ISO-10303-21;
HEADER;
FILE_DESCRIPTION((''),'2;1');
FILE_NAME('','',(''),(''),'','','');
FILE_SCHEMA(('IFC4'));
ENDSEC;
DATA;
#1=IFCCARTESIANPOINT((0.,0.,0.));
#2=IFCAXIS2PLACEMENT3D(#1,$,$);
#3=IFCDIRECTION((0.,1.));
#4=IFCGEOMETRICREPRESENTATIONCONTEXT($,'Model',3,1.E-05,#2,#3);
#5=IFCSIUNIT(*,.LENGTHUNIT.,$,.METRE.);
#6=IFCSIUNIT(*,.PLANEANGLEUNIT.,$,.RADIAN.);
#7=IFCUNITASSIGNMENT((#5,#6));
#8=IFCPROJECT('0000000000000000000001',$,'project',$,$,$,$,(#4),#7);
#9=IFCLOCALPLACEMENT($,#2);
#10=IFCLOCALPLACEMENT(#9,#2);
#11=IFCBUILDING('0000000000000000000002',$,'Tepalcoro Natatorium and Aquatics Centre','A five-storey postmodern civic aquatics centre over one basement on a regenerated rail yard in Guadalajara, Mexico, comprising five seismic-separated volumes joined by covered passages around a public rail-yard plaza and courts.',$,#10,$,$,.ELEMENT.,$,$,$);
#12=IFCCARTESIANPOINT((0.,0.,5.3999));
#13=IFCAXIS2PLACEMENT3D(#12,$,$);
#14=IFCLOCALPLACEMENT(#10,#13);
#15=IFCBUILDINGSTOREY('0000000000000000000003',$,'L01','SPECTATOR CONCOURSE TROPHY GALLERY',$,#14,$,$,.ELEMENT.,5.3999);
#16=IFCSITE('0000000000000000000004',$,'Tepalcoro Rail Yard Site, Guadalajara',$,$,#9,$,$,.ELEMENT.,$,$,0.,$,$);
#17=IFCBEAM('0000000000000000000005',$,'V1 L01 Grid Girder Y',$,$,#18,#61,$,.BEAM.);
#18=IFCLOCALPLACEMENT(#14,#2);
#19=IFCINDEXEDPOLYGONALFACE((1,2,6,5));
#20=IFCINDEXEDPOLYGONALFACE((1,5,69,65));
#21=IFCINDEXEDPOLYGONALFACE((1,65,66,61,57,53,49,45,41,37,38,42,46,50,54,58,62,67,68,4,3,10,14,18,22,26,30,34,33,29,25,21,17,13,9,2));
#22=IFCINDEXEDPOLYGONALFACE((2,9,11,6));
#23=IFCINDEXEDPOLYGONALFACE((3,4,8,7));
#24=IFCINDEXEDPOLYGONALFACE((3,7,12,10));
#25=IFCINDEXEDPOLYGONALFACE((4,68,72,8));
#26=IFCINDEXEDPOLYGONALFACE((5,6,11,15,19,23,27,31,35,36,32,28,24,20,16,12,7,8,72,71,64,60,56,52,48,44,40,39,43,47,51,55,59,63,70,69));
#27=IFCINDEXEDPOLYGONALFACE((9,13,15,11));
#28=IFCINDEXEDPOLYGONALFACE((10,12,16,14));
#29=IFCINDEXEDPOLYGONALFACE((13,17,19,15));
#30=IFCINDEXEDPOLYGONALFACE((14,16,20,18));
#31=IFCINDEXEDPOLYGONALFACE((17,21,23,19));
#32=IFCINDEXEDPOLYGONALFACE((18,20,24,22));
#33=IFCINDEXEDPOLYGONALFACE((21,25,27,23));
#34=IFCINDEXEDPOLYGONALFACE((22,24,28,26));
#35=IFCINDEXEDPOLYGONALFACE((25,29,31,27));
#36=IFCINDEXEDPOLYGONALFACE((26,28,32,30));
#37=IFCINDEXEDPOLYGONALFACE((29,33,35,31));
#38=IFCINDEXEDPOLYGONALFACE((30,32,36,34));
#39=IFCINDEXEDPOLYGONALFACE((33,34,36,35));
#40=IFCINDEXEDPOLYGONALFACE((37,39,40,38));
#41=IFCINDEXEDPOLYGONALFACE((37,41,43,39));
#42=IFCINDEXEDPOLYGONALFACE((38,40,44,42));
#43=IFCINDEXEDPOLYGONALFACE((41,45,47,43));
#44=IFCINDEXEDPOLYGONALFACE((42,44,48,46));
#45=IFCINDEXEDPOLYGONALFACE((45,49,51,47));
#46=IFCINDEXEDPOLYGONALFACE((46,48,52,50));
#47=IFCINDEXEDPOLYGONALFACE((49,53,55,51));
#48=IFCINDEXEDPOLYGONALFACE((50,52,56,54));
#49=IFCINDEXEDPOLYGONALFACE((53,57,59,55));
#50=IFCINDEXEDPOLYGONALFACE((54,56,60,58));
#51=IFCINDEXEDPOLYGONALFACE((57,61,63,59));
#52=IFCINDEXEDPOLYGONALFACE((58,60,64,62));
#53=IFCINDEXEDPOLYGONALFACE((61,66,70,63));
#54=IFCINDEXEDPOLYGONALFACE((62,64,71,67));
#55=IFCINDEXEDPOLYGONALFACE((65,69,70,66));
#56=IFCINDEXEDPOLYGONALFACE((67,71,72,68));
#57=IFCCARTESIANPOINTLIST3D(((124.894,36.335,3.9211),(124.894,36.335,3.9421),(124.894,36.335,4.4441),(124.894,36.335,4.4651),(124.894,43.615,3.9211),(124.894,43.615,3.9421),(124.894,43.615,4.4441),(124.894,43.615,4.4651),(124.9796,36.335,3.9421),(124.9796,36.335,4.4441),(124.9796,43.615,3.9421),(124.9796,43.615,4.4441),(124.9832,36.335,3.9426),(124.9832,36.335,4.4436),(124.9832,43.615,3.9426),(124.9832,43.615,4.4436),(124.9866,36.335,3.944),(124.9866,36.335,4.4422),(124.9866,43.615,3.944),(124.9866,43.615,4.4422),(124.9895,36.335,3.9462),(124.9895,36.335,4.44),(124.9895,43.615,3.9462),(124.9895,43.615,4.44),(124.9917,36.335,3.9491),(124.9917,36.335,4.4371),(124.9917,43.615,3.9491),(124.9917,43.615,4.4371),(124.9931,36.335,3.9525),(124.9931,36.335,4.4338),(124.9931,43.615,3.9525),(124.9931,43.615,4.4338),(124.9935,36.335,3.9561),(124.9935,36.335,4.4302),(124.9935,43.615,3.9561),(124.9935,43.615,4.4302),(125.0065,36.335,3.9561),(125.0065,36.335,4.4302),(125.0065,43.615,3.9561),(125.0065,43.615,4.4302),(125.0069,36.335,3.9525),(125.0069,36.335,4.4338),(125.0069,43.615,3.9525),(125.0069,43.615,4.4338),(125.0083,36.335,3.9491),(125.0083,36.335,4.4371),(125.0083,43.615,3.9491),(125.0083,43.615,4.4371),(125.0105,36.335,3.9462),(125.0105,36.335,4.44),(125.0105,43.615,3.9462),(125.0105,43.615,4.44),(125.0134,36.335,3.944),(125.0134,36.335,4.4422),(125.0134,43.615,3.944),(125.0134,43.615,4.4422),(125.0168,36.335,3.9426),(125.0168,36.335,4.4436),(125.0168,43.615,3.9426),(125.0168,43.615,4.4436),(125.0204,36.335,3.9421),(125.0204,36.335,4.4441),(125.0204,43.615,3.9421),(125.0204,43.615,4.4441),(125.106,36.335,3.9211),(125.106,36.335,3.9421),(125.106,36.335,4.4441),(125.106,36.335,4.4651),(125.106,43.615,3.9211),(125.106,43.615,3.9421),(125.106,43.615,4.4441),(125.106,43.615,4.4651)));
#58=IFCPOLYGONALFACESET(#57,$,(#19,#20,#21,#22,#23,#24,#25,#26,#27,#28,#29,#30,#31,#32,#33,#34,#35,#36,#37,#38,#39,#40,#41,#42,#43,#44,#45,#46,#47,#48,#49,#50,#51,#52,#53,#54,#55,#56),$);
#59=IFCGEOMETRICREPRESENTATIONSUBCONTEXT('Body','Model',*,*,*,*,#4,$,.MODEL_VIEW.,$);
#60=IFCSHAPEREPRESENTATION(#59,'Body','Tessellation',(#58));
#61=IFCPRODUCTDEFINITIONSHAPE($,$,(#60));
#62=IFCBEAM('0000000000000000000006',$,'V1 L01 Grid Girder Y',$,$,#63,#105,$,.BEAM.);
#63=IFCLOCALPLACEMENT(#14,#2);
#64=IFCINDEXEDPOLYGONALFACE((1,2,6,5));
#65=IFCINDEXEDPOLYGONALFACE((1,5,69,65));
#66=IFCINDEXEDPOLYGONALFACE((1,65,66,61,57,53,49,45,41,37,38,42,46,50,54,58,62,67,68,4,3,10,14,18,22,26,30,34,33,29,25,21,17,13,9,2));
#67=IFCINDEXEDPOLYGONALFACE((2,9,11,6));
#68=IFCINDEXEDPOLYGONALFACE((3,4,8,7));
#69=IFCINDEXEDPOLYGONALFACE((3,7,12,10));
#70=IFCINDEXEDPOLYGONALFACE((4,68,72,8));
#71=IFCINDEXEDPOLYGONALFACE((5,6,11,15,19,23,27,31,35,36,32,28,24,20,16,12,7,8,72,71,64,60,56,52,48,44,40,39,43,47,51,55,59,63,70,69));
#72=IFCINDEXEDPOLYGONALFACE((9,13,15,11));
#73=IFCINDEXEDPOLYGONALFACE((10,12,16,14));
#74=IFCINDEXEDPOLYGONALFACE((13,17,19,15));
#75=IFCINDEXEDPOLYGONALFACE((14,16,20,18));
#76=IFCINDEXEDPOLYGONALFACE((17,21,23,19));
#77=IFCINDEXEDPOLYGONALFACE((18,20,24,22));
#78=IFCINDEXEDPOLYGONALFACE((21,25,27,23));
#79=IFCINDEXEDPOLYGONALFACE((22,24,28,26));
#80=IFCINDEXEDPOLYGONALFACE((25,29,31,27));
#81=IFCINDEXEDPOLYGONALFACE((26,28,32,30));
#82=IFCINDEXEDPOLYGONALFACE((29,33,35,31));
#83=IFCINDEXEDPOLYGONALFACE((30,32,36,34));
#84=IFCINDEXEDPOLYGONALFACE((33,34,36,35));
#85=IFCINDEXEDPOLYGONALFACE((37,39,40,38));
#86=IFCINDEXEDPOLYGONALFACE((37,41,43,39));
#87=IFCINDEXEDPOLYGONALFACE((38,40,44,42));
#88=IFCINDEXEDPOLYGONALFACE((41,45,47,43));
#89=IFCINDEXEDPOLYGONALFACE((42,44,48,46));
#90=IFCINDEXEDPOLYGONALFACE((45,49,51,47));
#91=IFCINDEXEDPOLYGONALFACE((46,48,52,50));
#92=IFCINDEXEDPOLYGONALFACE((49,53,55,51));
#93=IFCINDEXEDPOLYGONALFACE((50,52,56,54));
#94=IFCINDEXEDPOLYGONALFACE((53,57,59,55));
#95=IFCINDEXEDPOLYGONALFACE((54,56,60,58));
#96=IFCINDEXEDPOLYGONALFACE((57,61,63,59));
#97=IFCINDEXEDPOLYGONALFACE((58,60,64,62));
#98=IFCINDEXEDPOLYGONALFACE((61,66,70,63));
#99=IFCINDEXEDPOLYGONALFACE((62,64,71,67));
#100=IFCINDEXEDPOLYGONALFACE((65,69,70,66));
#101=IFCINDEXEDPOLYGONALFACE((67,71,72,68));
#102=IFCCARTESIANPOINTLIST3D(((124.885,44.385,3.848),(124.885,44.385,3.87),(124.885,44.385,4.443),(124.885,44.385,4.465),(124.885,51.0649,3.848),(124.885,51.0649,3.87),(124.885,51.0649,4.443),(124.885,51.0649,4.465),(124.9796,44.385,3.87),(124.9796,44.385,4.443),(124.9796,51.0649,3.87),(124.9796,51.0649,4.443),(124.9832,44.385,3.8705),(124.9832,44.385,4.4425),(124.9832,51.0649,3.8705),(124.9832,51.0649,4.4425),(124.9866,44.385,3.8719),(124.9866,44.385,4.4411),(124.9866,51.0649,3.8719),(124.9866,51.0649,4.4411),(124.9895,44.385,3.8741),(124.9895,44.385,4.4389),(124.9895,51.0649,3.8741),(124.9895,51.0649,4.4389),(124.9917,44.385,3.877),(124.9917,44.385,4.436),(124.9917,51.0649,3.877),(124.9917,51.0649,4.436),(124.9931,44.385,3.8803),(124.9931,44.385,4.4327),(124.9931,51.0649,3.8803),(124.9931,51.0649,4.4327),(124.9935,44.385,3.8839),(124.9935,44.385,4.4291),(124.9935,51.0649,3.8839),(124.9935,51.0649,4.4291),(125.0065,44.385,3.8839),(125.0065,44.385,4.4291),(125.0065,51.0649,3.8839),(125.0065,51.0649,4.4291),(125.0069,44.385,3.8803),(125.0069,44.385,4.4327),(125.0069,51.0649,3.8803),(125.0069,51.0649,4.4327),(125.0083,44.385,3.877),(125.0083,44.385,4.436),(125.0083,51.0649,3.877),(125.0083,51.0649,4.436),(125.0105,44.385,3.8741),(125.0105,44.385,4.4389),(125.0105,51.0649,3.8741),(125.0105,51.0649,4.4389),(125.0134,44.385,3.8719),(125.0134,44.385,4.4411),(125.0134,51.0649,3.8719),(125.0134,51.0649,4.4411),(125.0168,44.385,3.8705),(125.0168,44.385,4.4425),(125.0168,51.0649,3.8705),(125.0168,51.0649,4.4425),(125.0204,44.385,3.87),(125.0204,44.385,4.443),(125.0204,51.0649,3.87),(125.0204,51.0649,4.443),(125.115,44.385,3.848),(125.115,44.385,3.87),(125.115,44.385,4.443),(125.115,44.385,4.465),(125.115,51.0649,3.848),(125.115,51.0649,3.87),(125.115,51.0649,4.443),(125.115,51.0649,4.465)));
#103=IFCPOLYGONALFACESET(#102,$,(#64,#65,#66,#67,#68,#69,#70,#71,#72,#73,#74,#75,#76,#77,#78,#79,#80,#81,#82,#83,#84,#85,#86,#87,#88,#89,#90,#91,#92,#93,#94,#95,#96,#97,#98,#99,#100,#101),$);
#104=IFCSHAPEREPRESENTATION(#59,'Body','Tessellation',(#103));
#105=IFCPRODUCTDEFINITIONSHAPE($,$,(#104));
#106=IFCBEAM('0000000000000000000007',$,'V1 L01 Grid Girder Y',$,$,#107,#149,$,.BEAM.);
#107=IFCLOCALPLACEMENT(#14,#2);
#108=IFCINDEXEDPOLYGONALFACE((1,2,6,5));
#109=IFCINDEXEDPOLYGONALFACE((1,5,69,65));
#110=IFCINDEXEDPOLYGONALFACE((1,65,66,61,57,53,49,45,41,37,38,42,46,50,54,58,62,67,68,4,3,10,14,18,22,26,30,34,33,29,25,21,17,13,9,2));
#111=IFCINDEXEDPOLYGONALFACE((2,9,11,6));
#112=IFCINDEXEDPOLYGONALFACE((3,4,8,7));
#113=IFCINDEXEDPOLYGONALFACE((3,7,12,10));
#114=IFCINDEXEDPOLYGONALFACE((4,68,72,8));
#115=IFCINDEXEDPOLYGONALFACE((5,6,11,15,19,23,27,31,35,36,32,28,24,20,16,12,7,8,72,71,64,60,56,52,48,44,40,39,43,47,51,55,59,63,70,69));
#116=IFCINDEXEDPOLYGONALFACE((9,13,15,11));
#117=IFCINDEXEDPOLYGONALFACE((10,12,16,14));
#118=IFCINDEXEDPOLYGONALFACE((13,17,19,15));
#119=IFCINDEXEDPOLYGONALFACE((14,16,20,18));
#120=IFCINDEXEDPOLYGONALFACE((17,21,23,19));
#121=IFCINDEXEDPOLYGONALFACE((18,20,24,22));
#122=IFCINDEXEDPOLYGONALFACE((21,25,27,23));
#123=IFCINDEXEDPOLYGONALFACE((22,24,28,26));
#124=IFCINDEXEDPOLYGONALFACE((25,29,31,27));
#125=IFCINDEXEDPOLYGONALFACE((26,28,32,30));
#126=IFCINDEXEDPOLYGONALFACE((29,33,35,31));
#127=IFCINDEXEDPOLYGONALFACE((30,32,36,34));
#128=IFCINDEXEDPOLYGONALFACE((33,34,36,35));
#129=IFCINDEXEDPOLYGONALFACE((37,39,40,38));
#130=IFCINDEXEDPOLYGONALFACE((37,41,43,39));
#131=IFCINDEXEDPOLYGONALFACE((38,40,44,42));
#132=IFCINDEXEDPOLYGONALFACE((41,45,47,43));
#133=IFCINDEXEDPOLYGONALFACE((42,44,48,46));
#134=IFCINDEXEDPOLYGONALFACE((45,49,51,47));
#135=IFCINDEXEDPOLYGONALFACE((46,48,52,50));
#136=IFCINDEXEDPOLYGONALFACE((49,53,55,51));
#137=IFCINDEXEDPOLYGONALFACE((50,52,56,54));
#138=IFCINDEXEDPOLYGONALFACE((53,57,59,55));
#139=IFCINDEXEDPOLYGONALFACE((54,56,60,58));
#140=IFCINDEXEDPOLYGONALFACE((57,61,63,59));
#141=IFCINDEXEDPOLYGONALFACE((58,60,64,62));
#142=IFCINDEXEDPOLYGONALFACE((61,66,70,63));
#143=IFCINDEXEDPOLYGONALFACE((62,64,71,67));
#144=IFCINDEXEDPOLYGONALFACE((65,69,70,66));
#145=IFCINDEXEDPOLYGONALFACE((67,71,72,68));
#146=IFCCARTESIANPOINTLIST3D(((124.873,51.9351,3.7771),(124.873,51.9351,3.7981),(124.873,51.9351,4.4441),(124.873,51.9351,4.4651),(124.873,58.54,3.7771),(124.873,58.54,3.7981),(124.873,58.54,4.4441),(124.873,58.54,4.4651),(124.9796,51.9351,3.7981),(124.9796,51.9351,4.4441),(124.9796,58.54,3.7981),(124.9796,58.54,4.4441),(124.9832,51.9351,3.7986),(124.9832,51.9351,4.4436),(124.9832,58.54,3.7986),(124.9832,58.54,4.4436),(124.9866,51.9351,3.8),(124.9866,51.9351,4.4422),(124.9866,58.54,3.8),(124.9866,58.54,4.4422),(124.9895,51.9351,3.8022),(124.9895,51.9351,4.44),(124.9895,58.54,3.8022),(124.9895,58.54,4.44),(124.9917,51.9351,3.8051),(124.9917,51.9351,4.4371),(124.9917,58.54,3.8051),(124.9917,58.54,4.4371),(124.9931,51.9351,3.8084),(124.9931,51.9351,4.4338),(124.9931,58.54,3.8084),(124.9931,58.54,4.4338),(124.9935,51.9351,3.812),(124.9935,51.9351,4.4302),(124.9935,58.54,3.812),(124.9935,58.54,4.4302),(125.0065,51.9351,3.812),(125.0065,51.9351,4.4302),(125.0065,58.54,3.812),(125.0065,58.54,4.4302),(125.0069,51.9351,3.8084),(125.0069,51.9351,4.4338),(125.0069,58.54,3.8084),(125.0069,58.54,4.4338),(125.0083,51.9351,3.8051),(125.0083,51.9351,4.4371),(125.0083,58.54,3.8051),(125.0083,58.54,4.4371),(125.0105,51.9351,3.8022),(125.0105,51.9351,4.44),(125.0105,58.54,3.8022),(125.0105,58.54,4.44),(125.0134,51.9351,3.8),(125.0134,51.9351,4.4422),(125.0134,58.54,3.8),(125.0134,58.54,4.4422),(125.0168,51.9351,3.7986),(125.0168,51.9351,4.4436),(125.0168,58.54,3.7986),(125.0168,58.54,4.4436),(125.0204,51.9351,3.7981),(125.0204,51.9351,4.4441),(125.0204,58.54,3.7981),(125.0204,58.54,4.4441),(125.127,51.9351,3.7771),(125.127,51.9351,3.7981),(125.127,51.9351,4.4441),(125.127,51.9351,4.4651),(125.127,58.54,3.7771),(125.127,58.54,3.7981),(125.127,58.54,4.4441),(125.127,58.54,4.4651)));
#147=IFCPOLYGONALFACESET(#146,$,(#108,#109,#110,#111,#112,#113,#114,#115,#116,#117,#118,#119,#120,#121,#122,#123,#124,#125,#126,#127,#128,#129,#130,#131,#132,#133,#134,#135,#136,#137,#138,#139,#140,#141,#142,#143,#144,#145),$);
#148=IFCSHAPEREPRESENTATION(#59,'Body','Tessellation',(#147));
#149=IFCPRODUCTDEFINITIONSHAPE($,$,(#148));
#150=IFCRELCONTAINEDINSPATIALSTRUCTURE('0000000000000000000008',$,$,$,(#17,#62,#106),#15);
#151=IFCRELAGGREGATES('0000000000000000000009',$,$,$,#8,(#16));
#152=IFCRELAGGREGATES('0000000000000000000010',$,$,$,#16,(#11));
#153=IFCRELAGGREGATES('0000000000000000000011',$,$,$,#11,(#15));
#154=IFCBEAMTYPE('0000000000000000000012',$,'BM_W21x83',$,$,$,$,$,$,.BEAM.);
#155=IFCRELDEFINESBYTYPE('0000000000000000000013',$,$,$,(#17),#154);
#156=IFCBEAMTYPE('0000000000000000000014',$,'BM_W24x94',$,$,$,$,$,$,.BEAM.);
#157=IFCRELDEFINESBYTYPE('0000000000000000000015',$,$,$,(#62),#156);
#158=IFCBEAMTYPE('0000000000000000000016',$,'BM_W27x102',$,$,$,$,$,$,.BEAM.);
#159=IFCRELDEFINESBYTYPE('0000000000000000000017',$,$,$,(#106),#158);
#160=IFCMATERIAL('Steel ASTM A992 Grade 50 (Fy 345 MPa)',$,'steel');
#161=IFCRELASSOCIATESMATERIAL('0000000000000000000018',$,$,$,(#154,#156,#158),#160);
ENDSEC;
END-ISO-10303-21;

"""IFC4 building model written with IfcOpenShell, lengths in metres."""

from ifc_helpers import new_model, si_unit, direction, frame, origin, origin_2d, place, context, subcontext, project, spatial, i_section, extrude, material, material_profile, profile_set, type_object, element, save


model = new_model("IFC4")

# Units and contexts
model_context = context("Model", 3, precision=1e-05, world=origin(), true_north=direction((0.0, 1.0)))
body_context = subcontext(model_context, "Body", "Model", "MODEL_VIEW")
ifc_project = project(units=[si_unit("LENGTHUNIT", "METRE"), si_unit("PLANEANGLEUNIT", "RADIAN")], contexts=[model_context])

# Site, building, storey
site_placement = place(None, origin())
site = spatial("IfcSite", under=ifc_project, at=site_placement, Name="Tepalcoro Rail Yard Site, Guadalajara", CompositionType="ELEMENT", RefElevation=0.0)
building_placement = place(site_placement, origin())
building = spatial("IfcBuilding", under=site, at=building_placement, Name="Tepalcoro Natatorium and Aquatics Centre", Description="A five-storey postmodern civic aquatics centre over one basement on a regenerated rail yard in Guadalajara, Mexico, comprising five seismic-separated volumes joined by covered passages around a public rail-yard plaza and courts.", CompositionType="ELEMENT")
storey_placement = place(building_placement, frame((0.0, 0.0, 5.3999)))
storey = spatial("IfcBuildingStorey", under=building, at=storey_placement, Name="L01", Description="SPECTATOR CONCOURSE TROPHY GALLERY", CompositionType="ELEMENT", Elevation=5.3999)

# Beams
ifc_material_1 = material(Name="Steel ASTM A992 Grade 50 (Fy 345 MPa)", Category="steel")
ifc_material_profile_1 = material_profile(ifc_material_1, i_section(OverallWidth=0.2119, OverallDepth=0.5439, WebThickness=0.0129, FlangeThickness=0.021, FilletRadius=0.0139, at=origin_2d()), Name="W21X83")
ifc_profile_set_1 = profile_set([ifc_material_profile_1], Name="Steel ASTM A992 Grade 50 (Fy 345 MPa)")
beam_type_1 = type_object("IfcBeamType", Name="BM_W21x83", PredefinedType="BEAM", material=ifc_profile_set_1)
beam_1_placement = place(storey_placement, frame((125.0, 36.335, 4.1931), z_axis=(0.0, 1.0, 0.0), x_axis=(-1.0, 0.0, 0.0)))
element("IfcBeam", 1, at=beam_1_placement, inside=storey, type_object=beam_type_1, Name="V1 L01 Grid Girder Y", PredefinedType="BEAM", context=body_context, shape_type="SweptSolid", body=[
    extrude(i_section(OverallWidth=0.2119, OverallDepth=0.5439, WebThickness=0.0129, FlangeThickness=0.021, FilletRadius=0.0139, at=origin_2d()), origin(), (0.0, 0.0, 1.0), 7.28),
])
ifc_material_profile_2 = material_profile(ifc_material_1, i_section(OverallWidth=0.23, OverallDepth=0.6169, WebThickness=0.0129, FlangeThickness=0.022, FilletRadius=0.0139, at=origin_2d()), Name="W24X94")
ifc_profile_set_2 = profile_set([ifc_material_profile_2], Name="Steel ASTM A992 Grade 50 (Fy 345 MPa)")
beam_type_2 = type_object("IfcBeamType", Name="BM_W24x94", PredefinedType="BEAM", material=ifc_profile_set_2)
beam_2_placement = place(storey_placement, frame((125.0, 44.385, 4.1565), z_axis=(0.0, 1.0, 0.0), x_axis=(-1.0, 0.0, 0.0)))
element("IfcBeam", 2, at=beam_2_placement, inside=storey, type_object=beam_type_2, Name="V1 L01 Grid Girder Y", PredefinedType="BEAM", context=body_context, shape_type="SweptSolid", body=[
    extrude(i_section(OverallWidth=0.23, OverallDepth=0.6169, WebThickness=0.0129, FlangeThickness=0.022, FilletRadius=0.0139, at=origin_2d()), origin(), (0.0, 0.0, 1.0), 6.6799),
])
ifc_material_profile_3 = material_profile(ifc_material_1, i_section(OverallWidth=0.2539, OverallDepth=0.688, WebThickness=0.0129, FlangeThickness=0.021, FilletRadius=0.0139, at=origin_2d()), Name="W27X102")
ifc_profile_set_3 = profile_set([ifc_material_profile_3], Name="Steel ASTM A992 Grade 50 (Fy 345 MPa)")
beam_type_3 = type_object("IfcBeamType", Name="BM_W27x102", PredefinedType="BEAM", material=ifc_profile_set_3)
beam_3_placement = place(storey_placement, frame((125.0, 51.9351, 4.1211), z_axis=(0.0, 1.0, 0.0), x_axis=(-1.0, 0.0, 0.0)))
element("IfcBeam", 3, at=beam_3_placement, inside=storey, type_object=beam_type_3, Name="V1 L01 Grid Girder Y", PredefinedType="BEAM", context=body_context, shape_type="SweptSolid", body=[
    extrude(i_section(OverallWidth=0.2539, OverallDepth=0.688, WebThickness=0.0129, FlangeThickness=0.021, FilletRadius=0.0139, at=origin_2d()), origin(), (0.0, 0.0, 1.0), 6.605),
])

save(model, "model.ifc")
